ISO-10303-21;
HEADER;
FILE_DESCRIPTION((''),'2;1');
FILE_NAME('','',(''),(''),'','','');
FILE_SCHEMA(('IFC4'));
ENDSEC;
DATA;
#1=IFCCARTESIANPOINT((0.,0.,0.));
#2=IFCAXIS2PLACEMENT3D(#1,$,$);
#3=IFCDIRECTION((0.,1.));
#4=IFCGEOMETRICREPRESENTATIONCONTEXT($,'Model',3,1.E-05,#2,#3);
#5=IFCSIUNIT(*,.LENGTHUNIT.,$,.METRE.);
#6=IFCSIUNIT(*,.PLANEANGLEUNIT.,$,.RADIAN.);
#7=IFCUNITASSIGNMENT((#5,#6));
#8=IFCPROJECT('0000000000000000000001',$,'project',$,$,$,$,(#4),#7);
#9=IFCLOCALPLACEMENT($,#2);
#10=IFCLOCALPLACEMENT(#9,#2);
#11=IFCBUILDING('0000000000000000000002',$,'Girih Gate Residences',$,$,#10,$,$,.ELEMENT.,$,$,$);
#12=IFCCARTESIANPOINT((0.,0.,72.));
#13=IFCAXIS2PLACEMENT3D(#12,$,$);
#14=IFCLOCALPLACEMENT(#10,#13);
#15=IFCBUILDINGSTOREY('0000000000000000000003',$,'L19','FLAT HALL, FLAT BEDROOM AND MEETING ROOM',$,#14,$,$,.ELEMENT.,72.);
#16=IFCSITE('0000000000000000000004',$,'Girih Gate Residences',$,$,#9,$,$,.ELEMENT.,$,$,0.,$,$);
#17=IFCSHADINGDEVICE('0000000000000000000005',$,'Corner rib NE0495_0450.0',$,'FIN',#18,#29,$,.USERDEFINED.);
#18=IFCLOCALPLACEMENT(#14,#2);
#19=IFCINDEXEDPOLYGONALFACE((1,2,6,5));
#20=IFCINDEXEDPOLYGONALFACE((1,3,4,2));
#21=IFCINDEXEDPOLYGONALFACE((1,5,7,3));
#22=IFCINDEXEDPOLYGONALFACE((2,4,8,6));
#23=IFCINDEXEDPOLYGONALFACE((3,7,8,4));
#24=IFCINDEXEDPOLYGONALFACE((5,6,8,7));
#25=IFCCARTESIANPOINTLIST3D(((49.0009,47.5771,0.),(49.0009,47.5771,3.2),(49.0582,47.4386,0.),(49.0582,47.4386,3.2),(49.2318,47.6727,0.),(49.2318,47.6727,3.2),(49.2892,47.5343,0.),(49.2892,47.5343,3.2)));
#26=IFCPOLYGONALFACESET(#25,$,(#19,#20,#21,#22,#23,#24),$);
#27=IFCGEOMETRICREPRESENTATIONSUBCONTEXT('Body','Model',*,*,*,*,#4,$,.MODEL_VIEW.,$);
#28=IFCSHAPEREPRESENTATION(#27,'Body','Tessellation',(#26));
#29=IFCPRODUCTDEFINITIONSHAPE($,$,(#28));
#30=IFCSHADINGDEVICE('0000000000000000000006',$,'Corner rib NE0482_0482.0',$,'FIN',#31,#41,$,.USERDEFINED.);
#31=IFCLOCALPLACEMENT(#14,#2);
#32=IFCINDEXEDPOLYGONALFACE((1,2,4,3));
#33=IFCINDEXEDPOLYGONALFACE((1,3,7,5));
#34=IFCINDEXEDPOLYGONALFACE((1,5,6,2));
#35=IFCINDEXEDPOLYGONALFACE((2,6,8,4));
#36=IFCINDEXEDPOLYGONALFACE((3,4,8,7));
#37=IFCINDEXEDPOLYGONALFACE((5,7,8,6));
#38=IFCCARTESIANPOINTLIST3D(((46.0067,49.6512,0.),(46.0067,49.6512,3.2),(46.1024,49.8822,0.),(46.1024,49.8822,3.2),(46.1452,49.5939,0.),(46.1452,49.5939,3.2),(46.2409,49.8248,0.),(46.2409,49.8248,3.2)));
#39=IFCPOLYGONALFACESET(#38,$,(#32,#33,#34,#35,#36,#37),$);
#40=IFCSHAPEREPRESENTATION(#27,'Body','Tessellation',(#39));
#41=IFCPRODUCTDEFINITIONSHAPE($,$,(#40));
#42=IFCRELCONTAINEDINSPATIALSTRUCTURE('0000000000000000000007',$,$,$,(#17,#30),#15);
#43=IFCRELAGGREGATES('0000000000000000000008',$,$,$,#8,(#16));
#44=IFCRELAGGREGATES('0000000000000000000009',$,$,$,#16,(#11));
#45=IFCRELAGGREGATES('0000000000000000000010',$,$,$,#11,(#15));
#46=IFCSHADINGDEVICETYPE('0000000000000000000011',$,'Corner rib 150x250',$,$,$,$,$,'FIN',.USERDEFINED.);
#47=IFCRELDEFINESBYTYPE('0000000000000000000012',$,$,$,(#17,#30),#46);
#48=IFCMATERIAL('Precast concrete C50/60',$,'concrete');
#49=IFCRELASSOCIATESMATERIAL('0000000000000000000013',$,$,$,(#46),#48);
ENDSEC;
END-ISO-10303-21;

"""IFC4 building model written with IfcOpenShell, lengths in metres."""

from ifc_helpers import new_model, si_unit, direction, frame, origin, origin_2d, place, context, subcontext, project, spatial, rectangle, extrude, material, type_object, element, save


model = new_model("IFC4")

# Units and contexts
model_context = context("Model", 3, precision=1e-05, world=origin(), true_north=direction((0.0, 1.0)))
body_context = subcontext(model_context, "Body", "Model", "MODEL_VIEW")
ifc_project = project(units=[si_unit("LENGTHUNIT", "METRE"), si_unit("PLANEANGLEUNIT", "RADIAN")], contexts=[model_context])

# Site, building, storey
site_placement = place(None, origin())
site = spatial("IfcSite", under=ifc_project, at=site_placement, Name="Girih Gate Residences", CompositionType="ELEMENT", RefElevation=0.0)
building_placement = place(site_placement, origin())
building = spatial("IfcBuilding", under=site, at=building_placement, Name="Girih Gate Residences", CompositionType="ELEMENT")
storey_placement = place(building_placement, frame((0.0, 0.0, 72.0)))
storey = spatial("IfcBuildingStorey", under=building, at=storey_placement, Name="L19", Description="FLAT HALL, FLAT BEDROOM AND MEETING ROOM", CompositionType="ELEMENT", Elevation=72.0)

# Shared definitions
ifc_material_1 = material(Name="Precast concrete C50/60", Category="concrete")

# Shading devices
shading_device_type = type_object("IfcShadingDeviceType", Name="Corner rib 150x250", ElementType="FIN", PredefinedType="USERDEFINED", material=ifc_material_1)
for number, where, z_axis, x_axis, name in (
    (1, (49.145, 47.5557, 0.0), (0.0, 0.0, 1.0), (-0.382683, 0.92388, 0.0), "Corner rib NE0495_0450.0"),
    (2, (46.1238, 49.738, 0.0), (0.0, 0.0, 1.0), (-0.92388, 0.382683, 0.0), "Corner rib NE0482_0482.0"),
):
    element("IfcShadingDevice", number, at=place(storey_placement, frame(where, z_axis=z_axis, x_axis=x_axis)), inside=storey, type_object=shading_device_type, Name=name, ObjectType="FIN", PredefinedType="USERDEFINED", context=body_context, shape_type="SweptSolid", body=[
        extrude(rectangle(XDim=0.1499, YDim=0.25, at=origin_2d()), origin(), (0.0, 0.0, 1.0), 3.2),
    ])

save(model, "model.ifc")
